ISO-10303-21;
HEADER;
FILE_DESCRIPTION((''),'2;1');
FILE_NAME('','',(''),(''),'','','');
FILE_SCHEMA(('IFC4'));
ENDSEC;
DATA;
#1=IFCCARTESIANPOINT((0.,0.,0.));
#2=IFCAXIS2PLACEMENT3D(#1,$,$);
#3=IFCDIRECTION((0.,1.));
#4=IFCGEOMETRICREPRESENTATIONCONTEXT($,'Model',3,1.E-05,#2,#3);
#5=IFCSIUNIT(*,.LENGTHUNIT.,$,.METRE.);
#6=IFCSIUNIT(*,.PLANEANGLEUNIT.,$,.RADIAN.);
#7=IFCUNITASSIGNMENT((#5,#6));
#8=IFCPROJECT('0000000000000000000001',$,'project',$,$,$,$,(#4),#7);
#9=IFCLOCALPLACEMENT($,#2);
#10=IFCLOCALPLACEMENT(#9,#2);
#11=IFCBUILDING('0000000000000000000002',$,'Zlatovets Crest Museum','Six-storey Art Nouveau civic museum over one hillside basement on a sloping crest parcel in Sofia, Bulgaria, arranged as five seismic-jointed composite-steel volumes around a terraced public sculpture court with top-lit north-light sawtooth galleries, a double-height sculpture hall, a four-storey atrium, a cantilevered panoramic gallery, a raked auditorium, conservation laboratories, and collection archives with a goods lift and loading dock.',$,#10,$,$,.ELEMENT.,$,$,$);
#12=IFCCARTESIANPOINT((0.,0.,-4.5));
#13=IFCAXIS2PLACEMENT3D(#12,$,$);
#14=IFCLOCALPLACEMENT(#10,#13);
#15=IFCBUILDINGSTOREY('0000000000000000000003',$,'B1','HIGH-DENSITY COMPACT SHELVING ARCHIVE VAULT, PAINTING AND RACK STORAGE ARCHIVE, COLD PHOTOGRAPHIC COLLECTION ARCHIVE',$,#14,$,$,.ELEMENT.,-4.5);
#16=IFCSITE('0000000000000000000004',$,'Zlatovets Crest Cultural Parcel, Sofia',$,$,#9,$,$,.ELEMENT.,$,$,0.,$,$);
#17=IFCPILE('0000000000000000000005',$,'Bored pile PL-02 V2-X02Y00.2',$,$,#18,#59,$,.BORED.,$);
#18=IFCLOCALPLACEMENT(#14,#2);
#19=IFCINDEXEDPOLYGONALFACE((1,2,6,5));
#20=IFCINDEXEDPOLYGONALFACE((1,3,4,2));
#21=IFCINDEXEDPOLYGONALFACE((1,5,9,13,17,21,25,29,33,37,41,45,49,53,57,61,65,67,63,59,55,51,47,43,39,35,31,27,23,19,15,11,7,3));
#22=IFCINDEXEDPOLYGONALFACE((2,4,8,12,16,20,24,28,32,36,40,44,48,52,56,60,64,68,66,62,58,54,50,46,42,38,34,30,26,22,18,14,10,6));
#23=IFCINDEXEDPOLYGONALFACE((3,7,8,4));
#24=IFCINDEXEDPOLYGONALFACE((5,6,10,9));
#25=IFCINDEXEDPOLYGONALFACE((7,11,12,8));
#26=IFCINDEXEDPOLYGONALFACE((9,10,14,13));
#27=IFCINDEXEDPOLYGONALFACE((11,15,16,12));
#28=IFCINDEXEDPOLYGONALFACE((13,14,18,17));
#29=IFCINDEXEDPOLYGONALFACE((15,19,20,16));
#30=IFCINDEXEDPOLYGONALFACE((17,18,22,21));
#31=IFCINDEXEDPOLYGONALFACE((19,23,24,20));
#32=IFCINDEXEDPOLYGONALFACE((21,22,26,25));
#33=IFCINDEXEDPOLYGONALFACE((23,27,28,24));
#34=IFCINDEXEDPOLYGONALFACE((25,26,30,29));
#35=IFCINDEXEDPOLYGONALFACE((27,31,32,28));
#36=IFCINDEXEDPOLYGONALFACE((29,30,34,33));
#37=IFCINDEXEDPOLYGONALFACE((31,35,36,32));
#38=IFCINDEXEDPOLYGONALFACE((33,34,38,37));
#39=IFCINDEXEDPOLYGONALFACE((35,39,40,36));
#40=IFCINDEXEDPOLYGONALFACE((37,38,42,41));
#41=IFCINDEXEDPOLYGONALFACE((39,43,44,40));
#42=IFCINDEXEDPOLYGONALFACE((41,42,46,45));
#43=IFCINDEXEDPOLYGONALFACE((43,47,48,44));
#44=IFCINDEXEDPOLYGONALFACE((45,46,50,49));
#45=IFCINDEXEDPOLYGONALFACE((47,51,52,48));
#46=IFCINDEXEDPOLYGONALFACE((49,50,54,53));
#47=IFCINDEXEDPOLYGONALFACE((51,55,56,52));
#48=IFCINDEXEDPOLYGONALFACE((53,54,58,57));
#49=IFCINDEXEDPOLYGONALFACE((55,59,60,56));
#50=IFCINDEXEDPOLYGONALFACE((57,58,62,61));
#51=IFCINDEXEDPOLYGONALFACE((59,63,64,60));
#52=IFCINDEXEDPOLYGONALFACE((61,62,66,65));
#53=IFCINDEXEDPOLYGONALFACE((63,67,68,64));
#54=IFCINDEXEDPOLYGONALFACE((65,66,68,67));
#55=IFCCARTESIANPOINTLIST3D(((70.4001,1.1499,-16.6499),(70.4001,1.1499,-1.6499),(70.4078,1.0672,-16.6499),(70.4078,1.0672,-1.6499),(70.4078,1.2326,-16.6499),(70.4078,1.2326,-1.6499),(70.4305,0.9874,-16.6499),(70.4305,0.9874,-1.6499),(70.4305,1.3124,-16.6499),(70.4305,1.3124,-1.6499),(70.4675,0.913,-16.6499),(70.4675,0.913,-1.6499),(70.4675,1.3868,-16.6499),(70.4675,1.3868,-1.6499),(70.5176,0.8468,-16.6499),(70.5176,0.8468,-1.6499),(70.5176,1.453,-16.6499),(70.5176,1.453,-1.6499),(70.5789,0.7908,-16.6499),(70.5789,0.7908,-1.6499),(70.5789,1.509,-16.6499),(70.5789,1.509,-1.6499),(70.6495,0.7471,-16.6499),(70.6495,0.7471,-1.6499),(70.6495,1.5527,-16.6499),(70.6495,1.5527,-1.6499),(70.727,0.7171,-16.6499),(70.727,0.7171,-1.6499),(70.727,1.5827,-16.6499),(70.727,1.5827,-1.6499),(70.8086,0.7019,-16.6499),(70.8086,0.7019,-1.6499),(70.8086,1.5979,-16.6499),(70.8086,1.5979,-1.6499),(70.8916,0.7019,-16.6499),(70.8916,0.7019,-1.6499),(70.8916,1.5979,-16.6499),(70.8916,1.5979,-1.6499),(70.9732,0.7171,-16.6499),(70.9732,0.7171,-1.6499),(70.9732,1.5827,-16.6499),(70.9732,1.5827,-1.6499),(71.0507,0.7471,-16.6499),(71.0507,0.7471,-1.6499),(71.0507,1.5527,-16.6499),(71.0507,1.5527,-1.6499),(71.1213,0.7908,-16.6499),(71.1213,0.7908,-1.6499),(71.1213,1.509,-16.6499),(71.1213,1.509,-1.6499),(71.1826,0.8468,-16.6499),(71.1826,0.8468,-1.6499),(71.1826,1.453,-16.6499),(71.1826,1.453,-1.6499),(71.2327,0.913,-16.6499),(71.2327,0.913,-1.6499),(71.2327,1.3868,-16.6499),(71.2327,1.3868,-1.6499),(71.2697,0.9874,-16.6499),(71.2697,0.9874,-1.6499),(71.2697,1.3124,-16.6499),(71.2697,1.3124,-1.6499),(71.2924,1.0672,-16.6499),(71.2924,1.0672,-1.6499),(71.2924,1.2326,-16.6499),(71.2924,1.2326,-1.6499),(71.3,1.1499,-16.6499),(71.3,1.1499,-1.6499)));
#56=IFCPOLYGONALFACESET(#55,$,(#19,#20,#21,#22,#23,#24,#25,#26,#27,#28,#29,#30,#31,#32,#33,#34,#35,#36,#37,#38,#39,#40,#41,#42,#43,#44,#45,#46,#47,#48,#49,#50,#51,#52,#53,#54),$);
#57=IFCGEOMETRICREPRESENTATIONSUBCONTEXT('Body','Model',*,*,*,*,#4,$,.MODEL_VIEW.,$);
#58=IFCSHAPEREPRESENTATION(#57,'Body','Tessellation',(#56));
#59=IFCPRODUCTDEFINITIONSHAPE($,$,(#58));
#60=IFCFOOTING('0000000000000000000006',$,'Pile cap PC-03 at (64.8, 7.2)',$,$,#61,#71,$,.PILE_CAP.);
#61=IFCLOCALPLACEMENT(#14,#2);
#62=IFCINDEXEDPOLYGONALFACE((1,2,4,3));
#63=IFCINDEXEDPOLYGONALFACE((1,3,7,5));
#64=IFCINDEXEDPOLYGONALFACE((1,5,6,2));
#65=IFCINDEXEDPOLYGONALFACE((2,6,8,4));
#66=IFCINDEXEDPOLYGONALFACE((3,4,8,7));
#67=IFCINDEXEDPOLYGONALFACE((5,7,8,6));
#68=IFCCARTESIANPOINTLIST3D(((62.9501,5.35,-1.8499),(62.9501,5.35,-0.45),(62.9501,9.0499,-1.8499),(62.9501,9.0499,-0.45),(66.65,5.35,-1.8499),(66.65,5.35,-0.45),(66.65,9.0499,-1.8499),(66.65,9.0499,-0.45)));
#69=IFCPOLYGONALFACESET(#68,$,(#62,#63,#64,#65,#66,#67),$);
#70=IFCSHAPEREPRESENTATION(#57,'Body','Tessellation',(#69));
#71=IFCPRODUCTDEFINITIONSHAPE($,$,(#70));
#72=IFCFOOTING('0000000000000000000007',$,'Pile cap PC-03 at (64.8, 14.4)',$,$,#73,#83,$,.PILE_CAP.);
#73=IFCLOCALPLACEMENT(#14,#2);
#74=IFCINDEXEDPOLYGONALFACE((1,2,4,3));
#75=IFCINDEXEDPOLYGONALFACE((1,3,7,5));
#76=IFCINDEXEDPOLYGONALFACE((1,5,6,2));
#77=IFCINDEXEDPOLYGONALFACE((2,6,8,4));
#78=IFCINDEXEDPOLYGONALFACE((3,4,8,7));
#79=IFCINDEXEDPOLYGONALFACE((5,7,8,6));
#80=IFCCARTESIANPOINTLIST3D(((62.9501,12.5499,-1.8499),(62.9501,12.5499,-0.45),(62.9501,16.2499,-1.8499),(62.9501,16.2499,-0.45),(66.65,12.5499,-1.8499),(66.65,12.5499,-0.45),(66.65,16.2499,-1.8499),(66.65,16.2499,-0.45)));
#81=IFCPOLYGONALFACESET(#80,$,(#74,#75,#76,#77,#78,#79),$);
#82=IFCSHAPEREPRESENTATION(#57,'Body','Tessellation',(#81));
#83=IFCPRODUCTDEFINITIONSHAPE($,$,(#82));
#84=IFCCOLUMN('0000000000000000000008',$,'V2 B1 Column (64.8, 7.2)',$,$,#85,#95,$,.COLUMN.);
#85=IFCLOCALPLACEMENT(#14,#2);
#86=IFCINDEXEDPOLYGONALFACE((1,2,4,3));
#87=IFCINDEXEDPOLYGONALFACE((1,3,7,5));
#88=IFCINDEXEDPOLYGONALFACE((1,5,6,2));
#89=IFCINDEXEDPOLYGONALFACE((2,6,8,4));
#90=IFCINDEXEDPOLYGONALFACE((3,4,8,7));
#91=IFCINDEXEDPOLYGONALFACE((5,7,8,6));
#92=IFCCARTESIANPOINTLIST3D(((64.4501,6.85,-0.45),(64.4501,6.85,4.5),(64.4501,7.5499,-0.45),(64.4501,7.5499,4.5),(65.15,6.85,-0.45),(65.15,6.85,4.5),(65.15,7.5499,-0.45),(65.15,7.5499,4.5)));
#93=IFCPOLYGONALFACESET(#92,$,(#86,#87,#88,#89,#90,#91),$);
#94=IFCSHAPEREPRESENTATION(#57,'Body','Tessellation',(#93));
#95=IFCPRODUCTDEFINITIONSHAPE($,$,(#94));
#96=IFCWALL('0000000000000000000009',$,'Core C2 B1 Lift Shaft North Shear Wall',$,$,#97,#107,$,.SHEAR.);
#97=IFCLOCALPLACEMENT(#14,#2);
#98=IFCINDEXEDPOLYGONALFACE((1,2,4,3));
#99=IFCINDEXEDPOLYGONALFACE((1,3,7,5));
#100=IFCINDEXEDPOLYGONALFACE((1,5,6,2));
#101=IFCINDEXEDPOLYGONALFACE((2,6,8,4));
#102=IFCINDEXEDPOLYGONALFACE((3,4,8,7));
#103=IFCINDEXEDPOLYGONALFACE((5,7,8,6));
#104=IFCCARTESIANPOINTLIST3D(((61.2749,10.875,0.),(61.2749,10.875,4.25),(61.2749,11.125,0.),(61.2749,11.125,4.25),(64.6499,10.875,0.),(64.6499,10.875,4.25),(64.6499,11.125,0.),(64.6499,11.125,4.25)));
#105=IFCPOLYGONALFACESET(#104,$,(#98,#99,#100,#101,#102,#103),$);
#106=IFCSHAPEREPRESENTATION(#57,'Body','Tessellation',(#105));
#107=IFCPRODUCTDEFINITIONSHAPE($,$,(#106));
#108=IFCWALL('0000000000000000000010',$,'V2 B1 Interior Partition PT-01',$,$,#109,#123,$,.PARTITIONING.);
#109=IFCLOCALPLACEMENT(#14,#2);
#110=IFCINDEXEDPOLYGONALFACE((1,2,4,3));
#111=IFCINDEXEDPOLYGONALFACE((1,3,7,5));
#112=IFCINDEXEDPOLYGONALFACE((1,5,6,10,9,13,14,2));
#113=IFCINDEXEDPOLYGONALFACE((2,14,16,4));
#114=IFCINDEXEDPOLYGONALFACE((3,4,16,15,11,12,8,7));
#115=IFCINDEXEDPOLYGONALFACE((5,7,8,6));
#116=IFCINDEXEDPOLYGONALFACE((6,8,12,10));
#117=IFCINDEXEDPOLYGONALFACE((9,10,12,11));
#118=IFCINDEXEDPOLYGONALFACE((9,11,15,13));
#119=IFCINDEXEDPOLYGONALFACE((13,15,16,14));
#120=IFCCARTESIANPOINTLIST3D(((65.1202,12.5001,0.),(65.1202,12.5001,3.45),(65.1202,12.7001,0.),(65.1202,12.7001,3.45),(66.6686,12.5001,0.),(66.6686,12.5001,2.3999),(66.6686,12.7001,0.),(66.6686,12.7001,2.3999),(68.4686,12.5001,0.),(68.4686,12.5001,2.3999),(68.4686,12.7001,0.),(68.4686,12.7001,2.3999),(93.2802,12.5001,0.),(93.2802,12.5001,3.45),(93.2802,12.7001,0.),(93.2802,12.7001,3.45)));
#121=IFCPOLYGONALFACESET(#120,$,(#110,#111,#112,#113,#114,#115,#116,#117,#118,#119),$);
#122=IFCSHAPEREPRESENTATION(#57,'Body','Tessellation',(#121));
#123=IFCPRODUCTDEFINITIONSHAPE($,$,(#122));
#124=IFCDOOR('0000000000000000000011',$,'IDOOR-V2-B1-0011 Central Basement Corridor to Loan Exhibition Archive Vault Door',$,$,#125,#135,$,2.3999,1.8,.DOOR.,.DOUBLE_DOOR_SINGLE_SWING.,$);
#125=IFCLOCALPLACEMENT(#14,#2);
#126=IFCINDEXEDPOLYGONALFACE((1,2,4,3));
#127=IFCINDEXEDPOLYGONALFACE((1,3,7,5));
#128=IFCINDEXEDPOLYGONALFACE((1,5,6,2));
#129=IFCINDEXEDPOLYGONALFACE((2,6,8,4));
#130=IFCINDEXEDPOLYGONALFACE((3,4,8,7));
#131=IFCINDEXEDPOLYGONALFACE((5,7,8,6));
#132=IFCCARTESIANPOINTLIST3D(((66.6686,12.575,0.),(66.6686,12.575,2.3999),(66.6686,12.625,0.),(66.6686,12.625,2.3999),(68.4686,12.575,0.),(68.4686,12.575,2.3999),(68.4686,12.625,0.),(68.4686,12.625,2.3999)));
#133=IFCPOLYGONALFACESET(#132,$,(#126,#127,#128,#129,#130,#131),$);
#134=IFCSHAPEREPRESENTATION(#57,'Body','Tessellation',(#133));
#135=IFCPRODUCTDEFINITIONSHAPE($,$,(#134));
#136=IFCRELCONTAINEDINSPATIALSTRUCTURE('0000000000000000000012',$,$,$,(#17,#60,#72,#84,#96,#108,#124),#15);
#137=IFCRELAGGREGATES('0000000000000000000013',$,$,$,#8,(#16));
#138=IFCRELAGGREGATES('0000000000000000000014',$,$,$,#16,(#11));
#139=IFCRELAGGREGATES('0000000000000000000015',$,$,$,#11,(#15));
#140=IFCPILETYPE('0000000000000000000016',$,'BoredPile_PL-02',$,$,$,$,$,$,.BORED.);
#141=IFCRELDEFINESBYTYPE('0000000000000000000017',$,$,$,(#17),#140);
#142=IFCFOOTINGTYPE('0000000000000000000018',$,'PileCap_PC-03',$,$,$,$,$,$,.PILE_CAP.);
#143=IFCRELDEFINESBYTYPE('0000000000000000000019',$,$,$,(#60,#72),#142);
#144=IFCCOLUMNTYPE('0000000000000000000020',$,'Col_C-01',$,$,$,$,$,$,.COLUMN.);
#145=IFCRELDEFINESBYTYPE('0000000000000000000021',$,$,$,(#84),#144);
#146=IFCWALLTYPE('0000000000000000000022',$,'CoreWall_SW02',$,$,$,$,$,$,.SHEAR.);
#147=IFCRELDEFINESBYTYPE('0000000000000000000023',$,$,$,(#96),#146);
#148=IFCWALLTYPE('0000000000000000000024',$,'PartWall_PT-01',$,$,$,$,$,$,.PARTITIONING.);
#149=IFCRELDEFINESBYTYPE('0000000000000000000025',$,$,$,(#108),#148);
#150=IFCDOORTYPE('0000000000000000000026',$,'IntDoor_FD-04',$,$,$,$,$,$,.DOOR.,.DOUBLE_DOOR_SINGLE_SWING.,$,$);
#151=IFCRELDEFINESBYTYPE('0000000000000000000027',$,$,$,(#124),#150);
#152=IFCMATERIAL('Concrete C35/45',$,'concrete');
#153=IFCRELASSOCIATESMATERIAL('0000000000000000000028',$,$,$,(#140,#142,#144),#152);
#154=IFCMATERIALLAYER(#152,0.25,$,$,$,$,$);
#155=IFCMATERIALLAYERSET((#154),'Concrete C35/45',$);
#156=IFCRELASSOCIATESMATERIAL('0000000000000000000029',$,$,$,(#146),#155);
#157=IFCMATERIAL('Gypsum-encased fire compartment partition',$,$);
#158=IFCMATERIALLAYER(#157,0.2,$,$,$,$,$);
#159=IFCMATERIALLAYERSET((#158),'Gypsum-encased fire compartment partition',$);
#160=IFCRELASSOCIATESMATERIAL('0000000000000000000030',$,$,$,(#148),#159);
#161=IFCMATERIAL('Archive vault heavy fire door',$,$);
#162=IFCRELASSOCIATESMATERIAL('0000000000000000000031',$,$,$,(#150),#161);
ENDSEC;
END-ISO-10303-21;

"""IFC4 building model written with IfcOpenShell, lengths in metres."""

from ifc_helpers import new_model, si_unit, direction, frame, frame_2d, origin, origin_2d, place, context, subcontext, project, spatial, rectangle, circle, extrude, material, layer, layer_set, material_profile, profile_set, type_object, element, fill, save


model = new_model("IFC4")

# Units and contexts
model_context = context("Model", 3, precision=1e-05, world=origin(), true_north=direction((0.0, 1.0)))
body_context = subcontext(model_context, "Body", "Model", "MODEL_VIEW")
ifc_project = project(units=[si_unit("LENGTHUNIT", "METRE"), si_unit("PLANEANGLEUNIT", "RADIAN")], contexts=[model_context])

# Site, building, storey
site_placement = place(None, origin())
site = spatial("IfcSite", under=ifc_project, at=site_placement, Name="Zlatovets Crest Cultural Parcel, Sofia", CompositionType="ELEMENT", RefElevation=0.0)
building_placement = place(site_placement, origin())
building = spatial("IfcBuilding", under=site, at=building_placement, Name="Zlatovets Crest Museum", Description="Six-storey Art Nouveau civic museum over one hillside basement on a sloping crest parcel in Sofia, Bulgaria, arranged as five seismic-jointed composite-steel volumes around a terraced public sculpture court with top-lit north-light sawtooth galleries, a double-height sculpture hall, a four-storey atrium, a cantilevered panoramic gallery, a raked auditorium, conservation laboratories, and collection archives with a goods lift and loading dock.", CompositionType="ELEMENT")
storey_placement = place(building_placement, frame((0.0, 0.0, -4.5)))
storey = spatial("IfcBuildingStorey", under=building, at=storey_placement, Name="B1", Description="HIGH-DENSITY COMPACT SHELVING ARCHIVE VAULT, PAINTING AND RACK STORAGE ARCHIVE, COLD PHOTOGRAPHIC COLLECTION ARCHIVE", CompositionType="ELEMENT", Elevation=-4.5)

# Pile
ifc_material_1 = material(Name="Concrete C35/45", Category="concrete")
ifc_material_profile_1 = material_profile(ifc_material_1, circle(Radius=0.45, at=origin_2d()), Name="PILE D900")
ifc_profile_set_1 = profile_set([ifc_material_profile_1], Name="Concrete C35/45")
pile_type = type_object("IfcPileType", Name="BoredPile_PL-02", PredefinedType="BORED", material=ifc_profile_set_1)
for number, where, z_axis, x_axis, name in (
    (1, (70.8501, 1.1499, -1.6499), (0.0, 0.0, -1.0), (1.0, 0.0, 0.0), "Bored pile PL-02 V2-X02Y00.2"),
):
    element("IfcPile", number, at=place(storey_placement, frame(where, z_axis=z_axis, x_axis=x_axis)), inside=storey, type_object=pile_type, Name=name, PredefinedType="BORED", context=body_context, shape_type="SweptSolid", body=[
        extrude(circle(Radius=0.45, at=origin_2d()), origin(), (0.0, 0.0, 1.0), 15.0),
    ])

# Footings
footing_type = type_object("IfcFootingType", Name="PileCap_PC-03", PredefinedType="PILE_CAP", material=ifc_material_1)
for number, where, z_axis, x_axis, name in (
    (2, (64.8, 7.2, -1.8499), (0.0, 0.0, 1.0), (1.0, 0.0, 0.0), "Pile cap PC-03 at (64.8, 7.2)"),
    (3, (64.8, 14.3999, -1.8499), (0.0, 0.0, 1.0), (1.0, 0.0, 0.0), "Pile cap PC-03 at (64.8, 14.4)"),
):
    element("IfcFooting", number, at=place(storey_placement, frame(where, z_axis=z_axis, x_axis=x_axis)), inside=storey, type_object=footing_type, Name=name, PredefinedType="PILE_CAP", context=body_context, shape_type="SweptSolid", body=[
        extrude(rectangle(XDim=3.7, YDim=3.7, at=origin_2d()), origin(), (0.0, 0.0, 1.0), 1.3999),
    ])

# Column
ifc_material_profile_2 = material_profile(ifc_material_1, rectangle(XDim=0.7, YDim=0.7, at=origin_2d()), Name="RC 700x700")
ifc_profile_set_2 = profile_set([ifc_material_profile_2], Name="Concrete C35/45")
column_type = type_object("IfcColumnType", Name="Col_C-01", PredefinedType="COLUMN", material=ifc_profile_set_2)
column_placement = place(storey_placement, frame((64.8, 7.2, -0.45), z_axis=(0.0, 0.0, 1.0), x_axis=(1.0, 0.0, 0.0)))
element("IfcColumn", 4, at=column_placement, inside=storey, type_object=column_type, Name="V2 B1 Column (64.8, 7.2)", PredefinedType="COLUMN", context=body_context, shape_type="SweptSolid", body=[
    extrude(rectangle(XDim=0.7, YDim=0.7, at=origin_2d()), origin(), (0.0, 0.0, 1.0), 4.95),
])

# Shared definitions
ifc_layer_1 = layer(ifc_material_1, 0.25)
ifc_layer_set_1 = layer_set([ifc_layer_1], Name="Concrete C35/45")
wall_type_1 = type_object("IfcWallType", Name="CoreWall_SW02", PredefinedType="SHEAR", material=ifc_layer_set_1)

# Wall
wall_1_placement = place(storey_placement, frame((61.2749, 11.0, 0.0), z_axis=(0.0, 0.0, 1.0), x_axis=(1.0, 0.0, 0.0)))
element("IfcWall", 5, at=wall_1_placement, inside=storey, type_object=wall_type_1, Name="Core C2 B1 Lift Shaft North Shear Wall", PredefinedType="SHEAR", context=body_context, shape_type="SweptSolid", body=[
    extrude(rectangle(XDim=3.375, YDim=0.25, at=frame_2d((1.6875, 0.0))), origin(), (0.0, 0.0, 1.0), 4.25),
])

# Wall, opening, door
ifc_material_2 = material(Name="Gypsum-encased fire compartment partition")
ifc_layer_2 = layer(ifc_material_2, 0.2)
ifc_layer_set_2 = layer_set([ifc_layer_2], Name="Gypsum-encased fire compartment partition")
wall_type_2 = type_object("IfcWallType", Name="PartWall_PT-01", PredefinedType="PARTITIONING", material=ifc_layer_set_2)
wall_2_placement = place(storey_placement, frame((65.1201, 12.6001, 0.0), z_axis=(0.0, 0.0, 1.0), x_axis=(1.0, 0.0, 0.0)))
wall_2 = element("IfcWall", 6, at=wall_2_placement, inside=storey, type_object=wall_type_2, Name="V2 B1 Interior Partition PT-01", PredefinedType="PARTITIONING", context=body_context, shape_type="SweptSolid", body=[
    extrude(rectangle(XDim=28.1599, YDim=0.2, at=frame_2d((14.0801, 0.0))), origin(), (0.0, 0.0, 1.0), 3.45),
])
opening_1_placement = place(wall_2_placement, frame((1.5486, 0.0, 0.0)))
opening_1 = element("IfcOpeningElement", 7, at=opening_1_placement, cuts=wall_2, PredefinedType="OPENING", context=body_context, shape_type="SweptSolid", body=[
    extrude(rectangle(XDim=1.8, YDim=2.3999, at=frame_2d((0.8999, 1.2))), frame((0.0, 0.1099, 0.0), z_axis=(0.0, -1.0, 0.0), x_axis=(1.0, 0.0, 0.0)), (0.0, 0.0, 1.0), 0.22),
])
ifc_material_3 = material(Name="Archive vault heavy fire door")
door_type_1 = type_object("IfcDoorType", Name="IntDoor_FD-04", OperationType="DOUBLE_DOOR_SINGLE_SWING", PredefinedType="DOOR", material=ifc_material_3)
door_1_placement = place(opening_1_placement, origin())
door_1 = element("IfcDoor", 8, at=door_1_placement, inside=storey, type_object=door_type_1, Name="IDOOR-V2-B1-0011 Central Basement Corridor to Loan Exhibition Archive Vault Door", OperationType="DOUBLE_DOOR_SINGLE_SWING", OverallHeight=2.3999, OverallWidth=1.8, PredefinedType="DOOR", context=body_context, shape_type="SweptSolid", body=[
    extrude(rectangle(XDim=1.8, YDim=2.3999, at=frame_2d((0.8999, 1.2))), frame((0.0, 0.0249, 0.0), z_axis=(0.0, -1.0, 0.0), x_axis=(1.0, 0.0, 0.0)), (0.0, 0.0, 1.0), 0.05),
])
fill(opening_1, door_1)

save(model, "model.ifc")
